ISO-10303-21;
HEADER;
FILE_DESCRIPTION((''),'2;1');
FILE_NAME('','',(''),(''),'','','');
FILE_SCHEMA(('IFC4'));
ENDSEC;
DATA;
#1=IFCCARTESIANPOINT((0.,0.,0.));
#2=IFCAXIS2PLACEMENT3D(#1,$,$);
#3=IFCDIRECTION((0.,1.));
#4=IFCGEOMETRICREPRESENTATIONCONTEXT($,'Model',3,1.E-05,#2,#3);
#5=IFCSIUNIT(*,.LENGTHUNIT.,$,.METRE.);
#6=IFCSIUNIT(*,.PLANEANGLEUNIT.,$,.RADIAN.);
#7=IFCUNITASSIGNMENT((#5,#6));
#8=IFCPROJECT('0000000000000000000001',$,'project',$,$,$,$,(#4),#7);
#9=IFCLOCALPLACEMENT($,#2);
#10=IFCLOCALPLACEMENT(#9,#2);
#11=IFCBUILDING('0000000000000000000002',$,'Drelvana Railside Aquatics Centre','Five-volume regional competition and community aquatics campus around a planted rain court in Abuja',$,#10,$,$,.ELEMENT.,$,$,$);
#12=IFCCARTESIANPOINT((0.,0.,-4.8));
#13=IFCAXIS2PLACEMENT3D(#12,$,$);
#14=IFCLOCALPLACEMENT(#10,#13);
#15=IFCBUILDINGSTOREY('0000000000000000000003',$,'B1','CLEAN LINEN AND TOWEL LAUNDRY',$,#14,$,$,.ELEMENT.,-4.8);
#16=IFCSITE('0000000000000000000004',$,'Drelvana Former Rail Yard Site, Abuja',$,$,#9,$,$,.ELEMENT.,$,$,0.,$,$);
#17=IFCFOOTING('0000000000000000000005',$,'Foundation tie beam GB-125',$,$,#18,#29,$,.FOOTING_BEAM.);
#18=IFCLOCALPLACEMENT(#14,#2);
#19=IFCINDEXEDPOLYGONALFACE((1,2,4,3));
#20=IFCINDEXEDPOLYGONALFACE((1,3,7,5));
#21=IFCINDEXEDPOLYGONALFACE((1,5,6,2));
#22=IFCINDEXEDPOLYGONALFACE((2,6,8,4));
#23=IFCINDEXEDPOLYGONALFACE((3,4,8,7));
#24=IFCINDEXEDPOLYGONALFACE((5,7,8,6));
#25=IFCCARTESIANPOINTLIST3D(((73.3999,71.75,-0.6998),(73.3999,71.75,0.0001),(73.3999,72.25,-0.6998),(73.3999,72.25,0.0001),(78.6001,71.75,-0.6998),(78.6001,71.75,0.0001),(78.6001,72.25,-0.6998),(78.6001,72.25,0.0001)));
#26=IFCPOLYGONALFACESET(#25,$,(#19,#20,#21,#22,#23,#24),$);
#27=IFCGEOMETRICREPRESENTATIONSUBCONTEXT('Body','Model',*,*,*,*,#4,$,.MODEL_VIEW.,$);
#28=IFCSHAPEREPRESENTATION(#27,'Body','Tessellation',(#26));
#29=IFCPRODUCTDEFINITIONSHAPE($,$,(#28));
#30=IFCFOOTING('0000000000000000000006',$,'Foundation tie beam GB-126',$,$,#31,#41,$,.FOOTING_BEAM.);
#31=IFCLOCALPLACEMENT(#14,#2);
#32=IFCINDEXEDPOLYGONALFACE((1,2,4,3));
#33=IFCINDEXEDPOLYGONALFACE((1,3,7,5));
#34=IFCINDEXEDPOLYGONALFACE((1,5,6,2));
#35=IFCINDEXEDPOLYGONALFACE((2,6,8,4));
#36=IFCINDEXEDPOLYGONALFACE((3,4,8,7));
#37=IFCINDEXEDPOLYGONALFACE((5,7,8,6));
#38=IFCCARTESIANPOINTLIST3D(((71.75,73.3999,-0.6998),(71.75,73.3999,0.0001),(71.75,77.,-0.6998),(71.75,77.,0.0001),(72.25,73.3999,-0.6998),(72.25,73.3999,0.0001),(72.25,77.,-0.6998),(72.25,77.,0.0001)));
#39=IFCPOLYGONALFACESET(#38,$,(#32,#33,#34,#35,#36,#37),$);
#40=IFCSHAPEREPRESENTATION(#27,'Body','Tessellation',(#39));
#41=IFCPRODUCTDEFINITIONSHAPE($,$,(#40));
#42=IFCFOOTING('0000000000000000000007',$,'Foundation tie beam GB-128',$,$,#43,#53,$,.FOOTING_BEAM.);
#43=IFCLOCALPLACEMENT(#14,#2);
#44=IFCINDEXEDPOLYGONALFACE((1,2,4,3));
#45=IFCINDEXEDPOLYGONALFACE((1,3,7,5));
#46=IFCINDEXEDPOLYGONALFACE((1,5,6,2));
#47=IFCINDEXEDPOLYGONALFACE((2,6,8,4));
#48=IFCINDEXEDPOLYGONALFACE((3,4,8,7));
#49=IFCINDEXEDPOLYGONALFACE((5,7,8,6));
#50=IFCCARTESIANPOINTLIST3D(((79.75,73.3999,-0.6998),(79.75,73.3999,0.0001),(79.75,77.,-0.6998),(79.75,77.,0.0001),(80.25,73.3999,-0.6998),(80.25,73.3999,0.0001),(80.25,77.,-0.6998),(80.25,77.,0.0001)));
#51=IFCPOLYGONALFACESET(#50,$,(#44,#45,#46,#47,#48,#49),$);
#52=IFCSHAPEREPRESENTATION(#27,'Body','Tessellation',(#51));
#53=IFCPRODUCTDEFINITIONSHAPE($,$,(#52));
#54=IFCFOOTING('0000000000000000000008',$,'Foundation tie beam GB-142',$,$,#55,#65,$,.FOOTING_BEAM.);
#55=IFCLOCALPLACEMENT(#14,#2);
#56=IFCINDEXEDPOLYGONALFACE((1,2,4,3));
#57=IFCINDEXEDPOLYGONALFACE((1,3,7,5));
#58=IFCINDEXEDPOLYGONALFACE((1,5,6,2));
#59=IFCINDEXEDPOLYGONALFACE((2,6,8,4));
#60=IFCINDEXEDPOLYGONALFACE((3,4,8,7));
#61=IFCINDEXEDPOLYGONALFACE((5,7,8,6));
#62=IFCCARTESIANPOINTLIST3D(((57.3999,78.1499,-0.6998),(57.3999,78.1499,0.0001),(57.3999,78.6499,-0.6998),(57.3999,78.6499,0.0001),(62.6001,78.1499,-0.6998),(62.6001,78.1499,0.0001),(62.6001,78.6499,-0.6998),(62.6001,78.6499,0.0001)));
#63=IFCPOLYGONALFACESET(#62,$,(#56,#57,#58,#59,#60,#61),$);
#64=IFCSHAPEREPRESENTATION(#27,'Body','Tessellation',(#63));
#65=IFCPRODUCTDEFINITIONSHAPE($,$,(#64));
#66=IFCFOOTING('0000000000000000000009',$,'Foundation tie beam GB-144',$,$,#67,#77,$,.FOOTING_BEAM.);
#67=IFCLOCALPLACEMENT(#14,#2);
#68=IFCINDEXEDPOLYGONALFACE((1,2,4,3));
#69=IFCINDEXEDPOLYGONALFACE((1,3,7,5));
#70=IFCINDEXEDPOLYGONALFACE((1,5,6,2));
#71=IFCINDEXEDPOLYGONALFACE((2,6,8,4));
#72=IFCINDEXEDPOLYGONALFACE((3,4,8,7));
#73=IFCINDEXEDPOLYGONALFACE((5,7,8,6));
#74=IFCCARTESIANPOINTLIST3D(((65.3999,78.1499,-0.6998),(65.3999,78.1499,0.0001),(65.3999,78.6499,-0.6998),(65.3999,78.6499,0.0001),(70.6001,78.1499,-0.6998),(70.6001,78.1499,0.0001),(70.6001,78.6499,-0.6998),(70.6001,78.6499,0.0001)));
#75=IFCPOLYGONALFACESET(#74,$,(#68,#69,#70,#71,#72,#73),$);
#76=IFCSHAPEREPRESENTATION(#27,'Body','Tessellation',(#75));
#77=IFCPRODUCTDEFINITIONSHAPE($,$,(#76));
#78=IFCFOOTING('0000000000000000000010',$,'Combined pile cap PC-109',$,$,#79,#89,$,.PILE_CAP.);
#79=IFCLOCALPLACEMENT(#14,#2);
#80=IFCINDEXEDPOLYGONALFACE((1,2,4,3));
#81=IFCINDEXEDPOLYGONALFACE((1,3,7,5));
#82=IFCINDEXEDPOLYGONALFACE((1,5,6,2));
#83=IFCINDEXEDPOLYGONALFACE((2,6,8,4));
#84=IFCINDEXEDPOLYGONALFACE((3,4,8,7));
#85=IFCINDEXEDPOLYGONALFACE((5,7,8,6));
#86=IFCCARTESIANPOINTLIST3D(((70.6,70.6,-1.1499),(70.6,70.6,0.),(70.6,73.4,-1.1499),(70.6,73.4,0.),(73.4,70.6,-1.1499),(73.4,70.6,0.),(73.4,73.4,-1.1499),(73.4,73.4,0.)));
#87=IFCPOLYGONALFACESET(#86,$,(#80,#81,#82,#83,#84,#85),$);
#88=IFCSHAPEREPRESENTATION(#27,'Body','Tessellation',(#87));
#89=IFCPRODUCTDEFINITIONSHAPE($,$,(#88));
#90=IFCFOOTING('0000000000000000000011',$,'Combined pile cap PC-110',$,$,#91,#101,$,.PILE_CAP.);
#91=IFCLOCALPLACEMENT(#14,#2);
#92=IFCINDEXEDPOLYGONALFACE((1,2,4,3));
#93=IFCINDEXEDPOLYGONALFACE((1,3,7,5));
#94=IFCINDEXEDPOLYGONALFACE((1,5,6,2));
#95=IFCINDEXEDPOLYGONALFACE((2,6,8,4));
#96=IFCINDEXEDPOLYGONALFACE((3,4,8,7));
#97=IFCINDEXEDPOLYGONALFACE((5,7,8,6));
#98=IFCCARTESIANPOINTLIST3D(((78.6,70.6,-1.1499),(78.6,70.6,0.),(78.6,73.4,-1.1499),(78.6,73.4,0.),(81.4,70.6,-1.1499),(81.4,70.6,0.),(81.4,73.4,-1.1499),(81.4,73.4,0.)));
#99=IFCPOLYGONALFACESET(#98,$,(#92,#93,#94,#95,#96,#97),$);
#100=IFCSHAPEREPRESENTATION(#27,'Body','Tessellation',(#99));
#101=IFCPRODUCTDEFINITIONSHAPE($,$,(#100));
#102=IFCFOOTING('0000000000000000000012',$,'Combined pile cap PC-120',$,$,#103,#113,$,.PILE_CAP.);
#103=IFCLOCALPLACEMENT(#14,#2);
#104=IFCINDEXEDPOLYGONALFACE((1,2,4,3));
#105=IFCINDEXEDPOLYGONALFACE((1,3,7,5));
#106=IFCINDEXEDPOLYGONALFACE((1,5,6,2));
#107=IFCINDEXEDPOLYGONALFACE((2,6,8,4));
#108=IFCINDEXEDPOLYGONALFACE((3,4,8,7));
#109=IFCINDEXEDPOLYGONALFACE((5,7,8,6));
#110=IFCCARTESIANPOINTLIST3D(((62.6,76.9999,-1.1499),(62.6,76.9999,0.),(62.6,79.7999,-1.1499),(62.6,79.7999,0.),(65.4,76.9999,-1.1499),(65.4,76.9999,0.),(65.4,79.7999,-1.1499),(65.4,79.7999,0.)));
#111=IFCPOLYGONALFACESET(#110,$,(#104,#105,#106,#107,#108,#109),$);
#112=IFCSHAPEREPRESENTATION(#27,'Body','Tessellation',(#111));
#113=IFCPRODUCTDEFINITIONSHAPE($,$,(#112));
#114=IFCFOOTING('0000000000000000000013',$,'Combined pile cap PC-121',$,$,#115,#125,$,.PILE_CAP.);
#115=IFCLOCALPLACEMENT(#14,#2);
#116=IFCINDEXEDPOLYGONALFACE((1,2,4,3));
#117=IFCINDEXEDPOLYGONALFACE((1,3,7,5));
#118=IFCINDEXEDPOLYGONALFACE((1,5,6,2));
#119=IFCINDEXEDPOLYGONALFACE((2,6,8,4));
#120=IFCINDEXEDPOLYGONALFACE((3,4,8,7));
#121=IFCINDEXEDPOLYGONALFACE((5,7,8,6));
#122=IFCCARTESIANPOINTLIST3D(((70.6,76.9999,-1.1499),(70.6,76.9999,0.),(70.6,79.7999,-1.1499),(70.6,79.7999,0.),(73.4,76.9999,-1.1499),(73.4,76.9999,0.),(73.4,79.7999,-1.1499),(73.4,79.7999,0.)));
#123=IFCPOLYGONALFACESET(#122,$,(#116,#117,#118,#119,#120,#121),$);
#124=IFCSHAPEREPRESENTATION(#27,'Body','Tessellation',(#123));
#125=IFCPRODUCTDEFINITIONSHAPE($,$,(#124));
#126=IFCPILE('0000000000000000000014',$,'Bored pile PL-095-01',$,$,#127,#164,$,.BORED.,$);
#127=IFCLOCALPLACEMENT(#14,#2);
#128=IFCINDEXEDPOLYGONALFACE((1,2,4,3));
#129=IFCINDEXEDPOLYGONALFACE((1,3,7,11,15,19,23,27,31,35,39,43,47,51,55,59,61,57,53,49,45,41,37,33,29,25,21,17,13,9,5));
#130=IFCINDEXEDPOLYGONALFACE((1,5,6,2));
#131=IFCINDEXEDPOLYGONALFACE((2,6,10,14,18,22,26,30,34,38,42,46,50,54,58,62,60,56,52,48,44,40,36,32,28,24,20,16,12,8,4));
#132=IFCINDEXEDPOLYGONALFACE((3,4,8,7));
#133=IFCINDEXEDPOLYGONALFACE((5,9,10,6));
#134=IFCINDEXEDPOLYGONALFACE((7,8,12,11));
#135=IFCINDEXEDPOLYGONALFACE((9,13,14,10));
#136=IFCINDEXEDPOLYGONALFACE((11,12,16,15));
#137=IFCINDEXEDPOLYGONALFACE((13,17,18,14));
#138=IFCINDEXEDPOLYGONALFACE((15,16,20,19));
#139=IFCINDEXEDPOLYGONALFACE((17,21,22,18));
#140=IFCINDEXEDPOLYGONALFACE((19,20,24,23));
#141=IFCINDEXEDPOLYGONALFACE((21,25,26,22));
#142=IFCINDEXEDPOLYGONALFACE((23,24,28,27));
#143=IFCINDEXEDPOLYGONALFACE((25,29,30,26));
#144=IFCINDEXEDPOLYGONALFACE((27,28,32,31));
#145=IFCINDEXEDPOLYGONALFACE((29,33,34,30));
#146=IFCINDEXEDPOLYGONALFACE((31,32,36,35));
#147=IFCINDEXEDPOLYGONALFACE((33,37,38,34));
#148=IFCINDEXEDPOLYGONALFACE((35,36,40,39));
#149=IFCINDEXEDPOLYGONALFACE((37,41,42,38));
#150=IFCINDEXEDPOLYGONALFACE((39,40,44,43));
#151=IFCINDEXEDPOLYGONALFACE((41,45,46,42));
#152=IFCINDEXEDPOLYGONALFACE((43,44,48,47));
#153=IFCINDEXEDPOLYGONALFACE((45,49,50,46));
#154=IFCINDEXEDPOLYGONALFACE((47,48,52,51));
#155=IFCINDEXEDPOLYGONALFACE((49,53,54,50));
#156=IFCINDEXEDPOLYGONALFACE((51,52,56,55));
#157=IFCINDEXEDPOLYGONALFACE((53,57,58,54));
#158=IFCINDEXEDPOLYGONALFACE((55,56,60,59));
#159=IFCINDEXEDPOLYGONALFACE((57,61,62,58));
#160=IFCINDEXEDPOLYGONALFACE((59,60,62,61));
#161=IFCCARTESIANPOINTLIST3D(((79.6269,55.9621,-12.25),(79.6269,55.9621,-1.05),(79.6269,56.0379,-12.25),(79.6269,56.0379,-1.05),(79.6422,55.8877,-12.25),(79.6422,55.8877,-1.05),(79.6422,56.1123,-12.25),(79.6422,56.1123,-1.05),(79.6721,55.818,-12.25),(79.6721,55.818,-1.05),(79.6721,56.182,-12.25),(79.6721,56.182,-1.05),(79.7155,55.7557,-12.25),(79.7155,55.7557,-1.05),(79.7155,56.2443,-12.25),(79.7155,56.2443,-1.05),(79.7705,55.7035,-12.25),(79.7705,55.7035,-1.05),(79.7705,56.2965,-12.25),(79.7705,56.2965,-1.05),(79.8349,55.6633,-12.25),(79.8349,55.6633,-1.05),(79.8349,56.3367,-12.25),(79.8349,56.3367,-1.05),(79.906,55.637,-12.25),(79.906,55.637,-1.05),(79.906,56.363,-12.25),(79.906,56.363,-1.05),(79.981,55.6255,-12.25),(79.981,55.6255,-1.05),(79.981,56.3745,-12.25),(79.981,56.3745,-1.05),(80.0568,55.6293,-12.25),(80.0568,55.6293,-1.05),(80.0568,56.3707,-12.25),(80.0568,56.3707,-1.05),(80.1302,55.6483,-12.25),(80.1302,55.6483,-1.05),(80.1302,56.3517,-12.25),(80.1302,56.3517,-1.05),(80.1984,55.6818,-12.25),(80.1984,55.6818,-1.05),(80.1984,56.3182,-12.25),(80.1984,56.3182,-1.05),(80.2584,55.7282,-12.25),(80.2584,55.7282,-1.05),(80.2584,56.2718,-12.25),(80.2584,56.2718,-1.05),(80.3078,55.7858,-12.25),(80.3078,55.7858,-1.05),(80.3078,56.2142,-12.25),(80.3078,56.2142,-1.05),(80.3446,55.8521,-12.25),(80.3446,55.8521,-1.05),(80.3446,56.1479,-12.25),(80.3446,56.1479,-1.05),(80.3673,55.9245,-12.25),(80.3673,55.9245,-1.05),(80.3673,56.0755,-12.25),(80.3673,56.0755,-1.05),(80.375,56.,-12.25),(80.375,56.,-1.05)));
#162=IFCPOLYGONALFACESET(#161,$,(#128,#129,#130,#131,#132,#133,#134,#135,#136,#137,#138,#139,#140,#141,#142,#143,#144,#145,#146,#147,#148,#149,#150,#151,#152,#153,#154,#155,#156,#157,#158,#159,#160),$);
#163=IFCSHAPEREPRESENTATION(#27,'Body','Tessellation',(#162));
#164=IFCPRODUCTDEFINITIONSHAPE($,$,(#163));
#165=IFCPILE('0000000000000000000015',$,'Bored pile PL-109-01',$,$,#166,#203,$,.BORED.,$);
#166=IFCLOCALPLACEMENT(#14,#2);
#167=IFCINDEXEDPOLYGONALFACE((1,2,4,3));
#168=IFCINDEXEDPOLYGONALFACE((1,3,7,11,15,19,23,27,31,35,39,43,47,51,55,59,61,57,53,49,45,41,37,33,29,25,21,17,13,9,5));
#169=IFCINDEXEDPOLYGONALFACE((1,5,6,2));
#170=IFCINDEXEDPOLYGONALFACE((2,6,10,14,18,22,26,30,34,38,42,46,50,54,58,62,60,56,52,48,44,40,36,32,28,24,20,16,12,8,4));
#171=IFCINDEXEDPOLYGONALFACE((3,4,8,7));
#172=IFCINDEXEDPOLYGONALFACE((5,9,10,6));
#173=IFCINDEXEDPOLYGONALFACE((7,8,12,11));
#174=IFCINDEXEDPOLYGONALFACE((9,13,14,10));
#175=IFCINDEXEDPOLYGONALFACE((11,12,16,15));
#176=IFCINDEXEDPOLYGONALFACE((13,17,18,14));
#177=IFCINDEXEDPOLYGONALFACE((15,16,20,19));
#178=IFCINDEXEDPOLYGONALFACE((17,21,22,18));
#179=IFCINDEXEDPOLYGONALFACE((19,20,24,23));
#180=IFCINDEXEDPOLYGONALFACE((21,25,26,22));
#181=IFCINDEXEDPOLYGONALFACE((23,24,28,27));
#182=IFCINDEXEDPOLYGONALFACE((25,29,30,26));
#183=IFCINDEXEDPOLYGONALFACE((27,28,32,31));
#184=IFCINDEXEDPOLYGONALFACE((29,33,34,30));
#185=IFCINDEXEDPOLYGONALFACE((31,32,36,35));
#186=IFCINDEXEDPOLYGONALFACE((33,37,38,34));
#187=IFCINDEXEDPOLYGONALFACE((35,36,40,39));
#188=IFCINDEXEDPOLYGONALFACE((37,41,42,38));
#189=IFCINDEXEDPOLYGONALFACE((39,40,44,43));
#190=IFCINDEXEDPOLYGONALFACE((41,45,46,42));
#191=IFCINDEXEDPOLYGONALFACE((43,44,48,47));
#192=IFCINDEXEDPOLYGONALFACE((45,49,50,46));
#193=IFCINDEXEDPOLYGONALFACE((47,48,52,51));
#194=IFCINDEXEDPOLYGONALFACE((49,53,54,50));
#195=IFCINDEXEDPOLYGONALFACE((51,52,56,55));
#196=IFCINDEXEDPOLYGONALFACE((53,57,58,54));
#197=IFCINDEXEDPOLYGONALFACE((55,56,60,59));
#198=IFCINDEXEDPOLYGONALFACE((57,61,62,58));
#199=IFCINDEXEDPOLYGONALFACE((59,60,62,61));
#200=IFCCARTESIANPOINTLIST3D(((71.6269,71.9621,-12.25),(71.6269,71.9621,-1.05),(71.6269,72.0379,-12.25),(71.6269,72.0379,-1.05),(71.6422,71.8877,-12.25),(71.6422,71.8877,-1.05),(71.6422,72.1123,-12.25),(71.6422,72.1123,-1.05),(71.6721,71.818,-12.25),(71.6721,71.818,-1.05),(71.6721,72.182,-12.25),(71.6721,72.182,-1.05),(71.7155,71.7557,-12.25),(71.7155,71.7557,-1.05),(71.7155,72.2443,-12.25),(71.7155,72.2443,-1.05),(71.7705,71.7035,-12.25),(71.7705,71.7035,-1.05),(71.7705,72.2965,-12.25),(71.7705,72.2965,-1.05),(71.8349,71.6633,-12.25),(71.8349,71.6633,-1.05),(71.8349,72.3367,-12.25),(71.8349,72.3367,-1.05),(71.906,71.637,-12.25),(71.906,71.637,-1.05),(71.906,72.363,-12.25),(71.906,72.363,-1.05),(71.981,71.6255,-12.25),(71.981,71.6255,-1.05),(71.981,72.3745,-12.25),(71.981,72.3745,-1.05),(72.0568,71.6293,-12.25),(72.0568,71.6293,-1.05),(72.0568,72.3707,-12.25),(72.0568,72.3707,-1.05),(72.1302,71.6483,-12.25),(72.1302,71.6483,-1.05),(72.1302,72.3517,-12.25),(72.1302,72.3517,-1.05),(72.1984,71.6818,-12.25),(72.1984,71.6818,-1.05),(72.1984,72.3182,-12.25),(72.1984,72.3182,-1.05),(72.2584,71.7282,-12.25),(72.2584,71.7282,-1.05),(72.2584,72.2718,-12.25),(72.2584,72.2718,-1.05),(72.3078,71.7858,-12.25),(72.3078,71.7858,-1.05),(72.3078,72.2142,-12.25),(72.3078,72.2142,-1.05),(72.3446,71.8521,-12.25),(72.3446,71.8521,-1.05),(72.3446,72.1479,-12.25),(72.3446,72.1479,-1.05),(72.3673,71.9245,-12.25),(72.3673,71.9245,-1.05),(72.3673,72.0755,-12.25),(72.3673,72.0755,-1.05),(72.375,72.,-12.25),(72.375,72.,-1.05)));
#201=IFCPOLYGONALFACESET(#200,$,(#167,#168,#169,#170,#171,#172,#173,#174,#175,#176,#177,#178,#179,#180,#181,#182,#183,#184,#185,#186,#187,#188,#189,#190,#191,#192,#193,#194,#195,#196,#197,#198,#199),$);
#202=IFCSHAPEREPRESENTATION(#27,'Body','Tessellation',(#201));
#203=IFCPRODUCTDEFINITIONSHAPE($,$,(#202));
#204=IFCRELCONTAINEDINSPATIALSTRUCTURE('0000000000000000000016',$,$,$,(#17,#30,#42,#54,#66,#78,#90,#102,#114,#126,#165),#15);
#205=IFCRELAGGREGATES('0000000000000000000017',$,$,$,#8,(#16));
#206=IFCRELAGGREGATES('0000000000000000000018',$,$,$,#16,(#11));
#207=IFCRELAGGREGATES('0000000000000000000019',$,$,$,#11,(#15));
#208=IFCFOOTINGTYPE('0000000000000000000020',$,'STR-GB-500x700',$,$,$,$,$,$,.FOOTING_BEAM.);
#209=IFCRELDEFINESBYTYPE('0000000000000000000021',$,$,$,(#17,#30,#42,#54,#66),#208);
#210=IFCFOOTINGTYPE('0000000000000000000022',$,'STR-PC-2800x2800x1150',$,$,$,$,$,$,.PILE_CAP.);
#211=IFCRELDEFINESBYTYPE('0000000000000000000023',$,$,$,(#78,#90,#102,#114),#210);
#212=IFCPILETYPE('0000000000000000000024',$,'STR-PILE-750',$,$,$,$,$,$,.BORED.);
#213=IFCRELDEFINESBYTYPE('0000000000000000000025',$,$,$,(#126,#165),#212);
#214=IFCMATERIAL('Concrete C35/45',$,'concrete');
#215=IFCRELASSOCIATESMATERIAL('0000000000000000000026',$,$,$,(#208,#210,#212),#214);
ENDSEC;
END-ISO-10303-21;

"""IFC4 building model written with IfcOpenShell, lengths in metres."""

from ifc_helpers import new_model, si_unit, direction, frame, origin, origin_2d, place, context, subcontext, project, spatial, rectangle, circle, extrude, material, material_profile, profile_set, type_object, element, save


model = new_model("IFC4")

# Units and contexts
model_context = context("Model", 3, precision=1e-05, world=origin(), true_north=direction((0.0, 1.0)))
body_context = subcontext(model_context, "Body", "Model", "MODEL_VIEW")
ifc_project = project(units=[si_unit("LENGTHUNIT", "METRE"), si_unit("PLANEANGLEUNIT", "RADIAN")], contexts=[model_context])

# Site, building, storey
site_placement = place(None, origin())
site = spatial("IfcSite", under=ifc_project, at=site_placement, Name="Drelvana Former Rail Yard Site, Abuja", CompositionType="ELEMENT", RefElevation=0.0)
building_placement = place(site_placement, origin())
building = spatial("IfcBuilding", under=site, at=building_placement, Name="Drelvana Railside Aquatics Centre", Description="Five-volume regional competition and community aquatics campus around a planted rain court in Abuja", CompositionType="ELEMENT")
storey_placement = place(building_placement, frame((0.0, 0.0, -4.8)))
storey = spatial("IfcBuildingStorey", under=building, at=storey_placement, Name="B1", Description="CLEAN LINEN AND TOWEL LAUNDRY", CompositionType="ELEMENT", Elevation=-4.8)

# Footings
ifc_material_1 = material(Name="Concrete C35/45", Category="concrete")
ifc_material_profile_1 = material_profile(ifc_material_1, rectangle(XDim=0.5, YDim=0.7, at=origin_2d()), Name="GB 500x700")
ifc_profile_set_1 = profile_set([ifc_material_profile_1], Name="Concrete C35/45")
footing_type_1 = type_object("IfcFootingType", Name="STR-GB-500x700", PredefinedType="FOOTING_BEAM", material=ifc_profile_set_1)
footing_placement = place(storey_placement, frame((73.3999, 72.0, -0.3499), z_axis=(1.0, 0.0, 0.0), x_axis=(0.0, 1.0, 0.0)))
element("IfcFooting", 1, at=footing_placement, inside=storey, type_object=footing_type_1, Name="Foundation tie beam GB-125", PredefinedType="FOOTING_BEAM", context=body_context, shape_type="SweptSolid", body=[
    extrude(rectangle(XDim=0.5, YDim=0.7, at=origin_2d()), origin(), (0.0, 0.0, 1.0), 5.2002),
])
for number, where, z_axis, x_axis, name in (
    (2, (72.0, 73.3999, -0.3499), (0.0, 1.0, 0.0), (-1.0, 0.0, 0.0), "Foundation tie beam GB-126"),
    (3, (80.0, 73.3999, -0.3499), (0.0, 1.0, 0.0), (-1.0, 0.0, 0.0), "Foundation tie beam GB-128"),
):
    element("IfcFooting", number, at=place(storey_placement, frame(where, z_axis=z_axis, x_axis=x_axis)), inside=storey, type_object=footing_type_1, Name=name, PredefinedType="FOOTING_BEAM", context=body_context, shape_type="SweptSolid", body=[
        extrude(rectangle(XDim=0.5, YDim=0.7, at=origin_2d()), origin(), (0.0, 0.0, 1.0), 3.6001),
    ])
for number, where, z_axis, x_axis, name in (
    (4, (57.3999, 78.3999, -0.3499), (1.0, 0.0, 0.0), (0.0, 1.0, 0.0), "Foundation tie beam GB-142"),
    (5, (65.3999, 78.3999, -0.3499), (1.0, 0.0, 0.0), (0.0, 1.0, 0.0), "Foundation tie beam GB-144"),
):
    element("IfcFooting", number, at=place(storey_placement, frame(where, z_axis=z_axis, x_axis=x_axis)), inside=storey, type_object=footing_type_1, Name=name, PredefinedType="FOOTING_BEAM", context=body_context, shape_type="SweptSolid", body=[
        extrude(rectangle(XDim=0.5, YDim=0.7, at=origin_2d()), origin(), (0.0, 0.0, 1.0), 5.2002),
    ])
footing_type_2 = type_object("IfcFootingType", Name="STR-PC-2800x2800x1150", PredefinedType="PILE_CAP", material=ifc_material_1)
for number, where, z_axis, x_axis, name in (
    (6, (72.0, 72.0, -1.1499), (0.0, 0.0, 1.0), (1.0, 0.0, 0.0), "Combined pile cap PC-109"),
    (7, (80.0, 72.0, -1.1499), (0.0, 0.0, 1.0), (1.0, 0.0, 0.0), "Combined pile cap PC-110"),
    (8, (64.0, 78.3999, -1.1499), (0.0, 0.0, 1.0), (1.0, 0.0, 0.0), "Combined pile cap PC-120"),
    (9, (72.0, 78.3999, -1.1499), (0.0, 0.0, 1.0), (1.0, 0.0, 0.0), "Combined pile cap PC-121"),
):
    element("IfcFooting", number, at=place(storey_placement, frame(where, z_axis=z_axis, x_axis=x_axis)), inside=storey, type_object=footing_type_2, Name=name, PredefinedType="PILE_CAP", context=body_context, shape_type="SweptSolid", body=[
        extrude(rectangle(XDim=2.8, YDim=2.8, at=origin_2d()), origin(), (0.0, 0.0, 1.0), 1.1499),
    ])

# Piles
ifc_material_profile_2 = material_profile(ifc_material_1, circle(Radius=0.375, at=origin_2d()), Name="PILE D750")
ifc_profile_set_2 = profile_set([ifc_material_profile_2], Name="Concrete C35/45")
pile_type = type_object("IfcPileType", Name="STR-PILE-750", PredefinedType="BORED", material=ifc_profile_set_2)
for number, where, z_axis, x_axis, name in (
    (10, (80.0, 56.0, -1.05), (0.0, 0.0, -1.0), (1.0, 0.0, 0.0), "Bored pile PL-095-01"),
    (11, (72.0, 72.0, -1.05), (0.0, 0.0, -1.0), (1.0, 0.0, 0.0), "Bored pile PL-109-01"),
):
    element("IfcPile", number, at=place(storey_placement, frame(where, z_axis=z_axis, x_axis=x_axis)), inside=storey, type_object=pile_type, Name=name, PredefinedType="BORED", context=body_context, shape_type="SweptSolid", body=[
        extrude(circle(Radius=0.375, at=origin_2d()), origin(), (0.0, 0.0, 1.0), 11.2),
    ])

save(model, "model.ifc")
